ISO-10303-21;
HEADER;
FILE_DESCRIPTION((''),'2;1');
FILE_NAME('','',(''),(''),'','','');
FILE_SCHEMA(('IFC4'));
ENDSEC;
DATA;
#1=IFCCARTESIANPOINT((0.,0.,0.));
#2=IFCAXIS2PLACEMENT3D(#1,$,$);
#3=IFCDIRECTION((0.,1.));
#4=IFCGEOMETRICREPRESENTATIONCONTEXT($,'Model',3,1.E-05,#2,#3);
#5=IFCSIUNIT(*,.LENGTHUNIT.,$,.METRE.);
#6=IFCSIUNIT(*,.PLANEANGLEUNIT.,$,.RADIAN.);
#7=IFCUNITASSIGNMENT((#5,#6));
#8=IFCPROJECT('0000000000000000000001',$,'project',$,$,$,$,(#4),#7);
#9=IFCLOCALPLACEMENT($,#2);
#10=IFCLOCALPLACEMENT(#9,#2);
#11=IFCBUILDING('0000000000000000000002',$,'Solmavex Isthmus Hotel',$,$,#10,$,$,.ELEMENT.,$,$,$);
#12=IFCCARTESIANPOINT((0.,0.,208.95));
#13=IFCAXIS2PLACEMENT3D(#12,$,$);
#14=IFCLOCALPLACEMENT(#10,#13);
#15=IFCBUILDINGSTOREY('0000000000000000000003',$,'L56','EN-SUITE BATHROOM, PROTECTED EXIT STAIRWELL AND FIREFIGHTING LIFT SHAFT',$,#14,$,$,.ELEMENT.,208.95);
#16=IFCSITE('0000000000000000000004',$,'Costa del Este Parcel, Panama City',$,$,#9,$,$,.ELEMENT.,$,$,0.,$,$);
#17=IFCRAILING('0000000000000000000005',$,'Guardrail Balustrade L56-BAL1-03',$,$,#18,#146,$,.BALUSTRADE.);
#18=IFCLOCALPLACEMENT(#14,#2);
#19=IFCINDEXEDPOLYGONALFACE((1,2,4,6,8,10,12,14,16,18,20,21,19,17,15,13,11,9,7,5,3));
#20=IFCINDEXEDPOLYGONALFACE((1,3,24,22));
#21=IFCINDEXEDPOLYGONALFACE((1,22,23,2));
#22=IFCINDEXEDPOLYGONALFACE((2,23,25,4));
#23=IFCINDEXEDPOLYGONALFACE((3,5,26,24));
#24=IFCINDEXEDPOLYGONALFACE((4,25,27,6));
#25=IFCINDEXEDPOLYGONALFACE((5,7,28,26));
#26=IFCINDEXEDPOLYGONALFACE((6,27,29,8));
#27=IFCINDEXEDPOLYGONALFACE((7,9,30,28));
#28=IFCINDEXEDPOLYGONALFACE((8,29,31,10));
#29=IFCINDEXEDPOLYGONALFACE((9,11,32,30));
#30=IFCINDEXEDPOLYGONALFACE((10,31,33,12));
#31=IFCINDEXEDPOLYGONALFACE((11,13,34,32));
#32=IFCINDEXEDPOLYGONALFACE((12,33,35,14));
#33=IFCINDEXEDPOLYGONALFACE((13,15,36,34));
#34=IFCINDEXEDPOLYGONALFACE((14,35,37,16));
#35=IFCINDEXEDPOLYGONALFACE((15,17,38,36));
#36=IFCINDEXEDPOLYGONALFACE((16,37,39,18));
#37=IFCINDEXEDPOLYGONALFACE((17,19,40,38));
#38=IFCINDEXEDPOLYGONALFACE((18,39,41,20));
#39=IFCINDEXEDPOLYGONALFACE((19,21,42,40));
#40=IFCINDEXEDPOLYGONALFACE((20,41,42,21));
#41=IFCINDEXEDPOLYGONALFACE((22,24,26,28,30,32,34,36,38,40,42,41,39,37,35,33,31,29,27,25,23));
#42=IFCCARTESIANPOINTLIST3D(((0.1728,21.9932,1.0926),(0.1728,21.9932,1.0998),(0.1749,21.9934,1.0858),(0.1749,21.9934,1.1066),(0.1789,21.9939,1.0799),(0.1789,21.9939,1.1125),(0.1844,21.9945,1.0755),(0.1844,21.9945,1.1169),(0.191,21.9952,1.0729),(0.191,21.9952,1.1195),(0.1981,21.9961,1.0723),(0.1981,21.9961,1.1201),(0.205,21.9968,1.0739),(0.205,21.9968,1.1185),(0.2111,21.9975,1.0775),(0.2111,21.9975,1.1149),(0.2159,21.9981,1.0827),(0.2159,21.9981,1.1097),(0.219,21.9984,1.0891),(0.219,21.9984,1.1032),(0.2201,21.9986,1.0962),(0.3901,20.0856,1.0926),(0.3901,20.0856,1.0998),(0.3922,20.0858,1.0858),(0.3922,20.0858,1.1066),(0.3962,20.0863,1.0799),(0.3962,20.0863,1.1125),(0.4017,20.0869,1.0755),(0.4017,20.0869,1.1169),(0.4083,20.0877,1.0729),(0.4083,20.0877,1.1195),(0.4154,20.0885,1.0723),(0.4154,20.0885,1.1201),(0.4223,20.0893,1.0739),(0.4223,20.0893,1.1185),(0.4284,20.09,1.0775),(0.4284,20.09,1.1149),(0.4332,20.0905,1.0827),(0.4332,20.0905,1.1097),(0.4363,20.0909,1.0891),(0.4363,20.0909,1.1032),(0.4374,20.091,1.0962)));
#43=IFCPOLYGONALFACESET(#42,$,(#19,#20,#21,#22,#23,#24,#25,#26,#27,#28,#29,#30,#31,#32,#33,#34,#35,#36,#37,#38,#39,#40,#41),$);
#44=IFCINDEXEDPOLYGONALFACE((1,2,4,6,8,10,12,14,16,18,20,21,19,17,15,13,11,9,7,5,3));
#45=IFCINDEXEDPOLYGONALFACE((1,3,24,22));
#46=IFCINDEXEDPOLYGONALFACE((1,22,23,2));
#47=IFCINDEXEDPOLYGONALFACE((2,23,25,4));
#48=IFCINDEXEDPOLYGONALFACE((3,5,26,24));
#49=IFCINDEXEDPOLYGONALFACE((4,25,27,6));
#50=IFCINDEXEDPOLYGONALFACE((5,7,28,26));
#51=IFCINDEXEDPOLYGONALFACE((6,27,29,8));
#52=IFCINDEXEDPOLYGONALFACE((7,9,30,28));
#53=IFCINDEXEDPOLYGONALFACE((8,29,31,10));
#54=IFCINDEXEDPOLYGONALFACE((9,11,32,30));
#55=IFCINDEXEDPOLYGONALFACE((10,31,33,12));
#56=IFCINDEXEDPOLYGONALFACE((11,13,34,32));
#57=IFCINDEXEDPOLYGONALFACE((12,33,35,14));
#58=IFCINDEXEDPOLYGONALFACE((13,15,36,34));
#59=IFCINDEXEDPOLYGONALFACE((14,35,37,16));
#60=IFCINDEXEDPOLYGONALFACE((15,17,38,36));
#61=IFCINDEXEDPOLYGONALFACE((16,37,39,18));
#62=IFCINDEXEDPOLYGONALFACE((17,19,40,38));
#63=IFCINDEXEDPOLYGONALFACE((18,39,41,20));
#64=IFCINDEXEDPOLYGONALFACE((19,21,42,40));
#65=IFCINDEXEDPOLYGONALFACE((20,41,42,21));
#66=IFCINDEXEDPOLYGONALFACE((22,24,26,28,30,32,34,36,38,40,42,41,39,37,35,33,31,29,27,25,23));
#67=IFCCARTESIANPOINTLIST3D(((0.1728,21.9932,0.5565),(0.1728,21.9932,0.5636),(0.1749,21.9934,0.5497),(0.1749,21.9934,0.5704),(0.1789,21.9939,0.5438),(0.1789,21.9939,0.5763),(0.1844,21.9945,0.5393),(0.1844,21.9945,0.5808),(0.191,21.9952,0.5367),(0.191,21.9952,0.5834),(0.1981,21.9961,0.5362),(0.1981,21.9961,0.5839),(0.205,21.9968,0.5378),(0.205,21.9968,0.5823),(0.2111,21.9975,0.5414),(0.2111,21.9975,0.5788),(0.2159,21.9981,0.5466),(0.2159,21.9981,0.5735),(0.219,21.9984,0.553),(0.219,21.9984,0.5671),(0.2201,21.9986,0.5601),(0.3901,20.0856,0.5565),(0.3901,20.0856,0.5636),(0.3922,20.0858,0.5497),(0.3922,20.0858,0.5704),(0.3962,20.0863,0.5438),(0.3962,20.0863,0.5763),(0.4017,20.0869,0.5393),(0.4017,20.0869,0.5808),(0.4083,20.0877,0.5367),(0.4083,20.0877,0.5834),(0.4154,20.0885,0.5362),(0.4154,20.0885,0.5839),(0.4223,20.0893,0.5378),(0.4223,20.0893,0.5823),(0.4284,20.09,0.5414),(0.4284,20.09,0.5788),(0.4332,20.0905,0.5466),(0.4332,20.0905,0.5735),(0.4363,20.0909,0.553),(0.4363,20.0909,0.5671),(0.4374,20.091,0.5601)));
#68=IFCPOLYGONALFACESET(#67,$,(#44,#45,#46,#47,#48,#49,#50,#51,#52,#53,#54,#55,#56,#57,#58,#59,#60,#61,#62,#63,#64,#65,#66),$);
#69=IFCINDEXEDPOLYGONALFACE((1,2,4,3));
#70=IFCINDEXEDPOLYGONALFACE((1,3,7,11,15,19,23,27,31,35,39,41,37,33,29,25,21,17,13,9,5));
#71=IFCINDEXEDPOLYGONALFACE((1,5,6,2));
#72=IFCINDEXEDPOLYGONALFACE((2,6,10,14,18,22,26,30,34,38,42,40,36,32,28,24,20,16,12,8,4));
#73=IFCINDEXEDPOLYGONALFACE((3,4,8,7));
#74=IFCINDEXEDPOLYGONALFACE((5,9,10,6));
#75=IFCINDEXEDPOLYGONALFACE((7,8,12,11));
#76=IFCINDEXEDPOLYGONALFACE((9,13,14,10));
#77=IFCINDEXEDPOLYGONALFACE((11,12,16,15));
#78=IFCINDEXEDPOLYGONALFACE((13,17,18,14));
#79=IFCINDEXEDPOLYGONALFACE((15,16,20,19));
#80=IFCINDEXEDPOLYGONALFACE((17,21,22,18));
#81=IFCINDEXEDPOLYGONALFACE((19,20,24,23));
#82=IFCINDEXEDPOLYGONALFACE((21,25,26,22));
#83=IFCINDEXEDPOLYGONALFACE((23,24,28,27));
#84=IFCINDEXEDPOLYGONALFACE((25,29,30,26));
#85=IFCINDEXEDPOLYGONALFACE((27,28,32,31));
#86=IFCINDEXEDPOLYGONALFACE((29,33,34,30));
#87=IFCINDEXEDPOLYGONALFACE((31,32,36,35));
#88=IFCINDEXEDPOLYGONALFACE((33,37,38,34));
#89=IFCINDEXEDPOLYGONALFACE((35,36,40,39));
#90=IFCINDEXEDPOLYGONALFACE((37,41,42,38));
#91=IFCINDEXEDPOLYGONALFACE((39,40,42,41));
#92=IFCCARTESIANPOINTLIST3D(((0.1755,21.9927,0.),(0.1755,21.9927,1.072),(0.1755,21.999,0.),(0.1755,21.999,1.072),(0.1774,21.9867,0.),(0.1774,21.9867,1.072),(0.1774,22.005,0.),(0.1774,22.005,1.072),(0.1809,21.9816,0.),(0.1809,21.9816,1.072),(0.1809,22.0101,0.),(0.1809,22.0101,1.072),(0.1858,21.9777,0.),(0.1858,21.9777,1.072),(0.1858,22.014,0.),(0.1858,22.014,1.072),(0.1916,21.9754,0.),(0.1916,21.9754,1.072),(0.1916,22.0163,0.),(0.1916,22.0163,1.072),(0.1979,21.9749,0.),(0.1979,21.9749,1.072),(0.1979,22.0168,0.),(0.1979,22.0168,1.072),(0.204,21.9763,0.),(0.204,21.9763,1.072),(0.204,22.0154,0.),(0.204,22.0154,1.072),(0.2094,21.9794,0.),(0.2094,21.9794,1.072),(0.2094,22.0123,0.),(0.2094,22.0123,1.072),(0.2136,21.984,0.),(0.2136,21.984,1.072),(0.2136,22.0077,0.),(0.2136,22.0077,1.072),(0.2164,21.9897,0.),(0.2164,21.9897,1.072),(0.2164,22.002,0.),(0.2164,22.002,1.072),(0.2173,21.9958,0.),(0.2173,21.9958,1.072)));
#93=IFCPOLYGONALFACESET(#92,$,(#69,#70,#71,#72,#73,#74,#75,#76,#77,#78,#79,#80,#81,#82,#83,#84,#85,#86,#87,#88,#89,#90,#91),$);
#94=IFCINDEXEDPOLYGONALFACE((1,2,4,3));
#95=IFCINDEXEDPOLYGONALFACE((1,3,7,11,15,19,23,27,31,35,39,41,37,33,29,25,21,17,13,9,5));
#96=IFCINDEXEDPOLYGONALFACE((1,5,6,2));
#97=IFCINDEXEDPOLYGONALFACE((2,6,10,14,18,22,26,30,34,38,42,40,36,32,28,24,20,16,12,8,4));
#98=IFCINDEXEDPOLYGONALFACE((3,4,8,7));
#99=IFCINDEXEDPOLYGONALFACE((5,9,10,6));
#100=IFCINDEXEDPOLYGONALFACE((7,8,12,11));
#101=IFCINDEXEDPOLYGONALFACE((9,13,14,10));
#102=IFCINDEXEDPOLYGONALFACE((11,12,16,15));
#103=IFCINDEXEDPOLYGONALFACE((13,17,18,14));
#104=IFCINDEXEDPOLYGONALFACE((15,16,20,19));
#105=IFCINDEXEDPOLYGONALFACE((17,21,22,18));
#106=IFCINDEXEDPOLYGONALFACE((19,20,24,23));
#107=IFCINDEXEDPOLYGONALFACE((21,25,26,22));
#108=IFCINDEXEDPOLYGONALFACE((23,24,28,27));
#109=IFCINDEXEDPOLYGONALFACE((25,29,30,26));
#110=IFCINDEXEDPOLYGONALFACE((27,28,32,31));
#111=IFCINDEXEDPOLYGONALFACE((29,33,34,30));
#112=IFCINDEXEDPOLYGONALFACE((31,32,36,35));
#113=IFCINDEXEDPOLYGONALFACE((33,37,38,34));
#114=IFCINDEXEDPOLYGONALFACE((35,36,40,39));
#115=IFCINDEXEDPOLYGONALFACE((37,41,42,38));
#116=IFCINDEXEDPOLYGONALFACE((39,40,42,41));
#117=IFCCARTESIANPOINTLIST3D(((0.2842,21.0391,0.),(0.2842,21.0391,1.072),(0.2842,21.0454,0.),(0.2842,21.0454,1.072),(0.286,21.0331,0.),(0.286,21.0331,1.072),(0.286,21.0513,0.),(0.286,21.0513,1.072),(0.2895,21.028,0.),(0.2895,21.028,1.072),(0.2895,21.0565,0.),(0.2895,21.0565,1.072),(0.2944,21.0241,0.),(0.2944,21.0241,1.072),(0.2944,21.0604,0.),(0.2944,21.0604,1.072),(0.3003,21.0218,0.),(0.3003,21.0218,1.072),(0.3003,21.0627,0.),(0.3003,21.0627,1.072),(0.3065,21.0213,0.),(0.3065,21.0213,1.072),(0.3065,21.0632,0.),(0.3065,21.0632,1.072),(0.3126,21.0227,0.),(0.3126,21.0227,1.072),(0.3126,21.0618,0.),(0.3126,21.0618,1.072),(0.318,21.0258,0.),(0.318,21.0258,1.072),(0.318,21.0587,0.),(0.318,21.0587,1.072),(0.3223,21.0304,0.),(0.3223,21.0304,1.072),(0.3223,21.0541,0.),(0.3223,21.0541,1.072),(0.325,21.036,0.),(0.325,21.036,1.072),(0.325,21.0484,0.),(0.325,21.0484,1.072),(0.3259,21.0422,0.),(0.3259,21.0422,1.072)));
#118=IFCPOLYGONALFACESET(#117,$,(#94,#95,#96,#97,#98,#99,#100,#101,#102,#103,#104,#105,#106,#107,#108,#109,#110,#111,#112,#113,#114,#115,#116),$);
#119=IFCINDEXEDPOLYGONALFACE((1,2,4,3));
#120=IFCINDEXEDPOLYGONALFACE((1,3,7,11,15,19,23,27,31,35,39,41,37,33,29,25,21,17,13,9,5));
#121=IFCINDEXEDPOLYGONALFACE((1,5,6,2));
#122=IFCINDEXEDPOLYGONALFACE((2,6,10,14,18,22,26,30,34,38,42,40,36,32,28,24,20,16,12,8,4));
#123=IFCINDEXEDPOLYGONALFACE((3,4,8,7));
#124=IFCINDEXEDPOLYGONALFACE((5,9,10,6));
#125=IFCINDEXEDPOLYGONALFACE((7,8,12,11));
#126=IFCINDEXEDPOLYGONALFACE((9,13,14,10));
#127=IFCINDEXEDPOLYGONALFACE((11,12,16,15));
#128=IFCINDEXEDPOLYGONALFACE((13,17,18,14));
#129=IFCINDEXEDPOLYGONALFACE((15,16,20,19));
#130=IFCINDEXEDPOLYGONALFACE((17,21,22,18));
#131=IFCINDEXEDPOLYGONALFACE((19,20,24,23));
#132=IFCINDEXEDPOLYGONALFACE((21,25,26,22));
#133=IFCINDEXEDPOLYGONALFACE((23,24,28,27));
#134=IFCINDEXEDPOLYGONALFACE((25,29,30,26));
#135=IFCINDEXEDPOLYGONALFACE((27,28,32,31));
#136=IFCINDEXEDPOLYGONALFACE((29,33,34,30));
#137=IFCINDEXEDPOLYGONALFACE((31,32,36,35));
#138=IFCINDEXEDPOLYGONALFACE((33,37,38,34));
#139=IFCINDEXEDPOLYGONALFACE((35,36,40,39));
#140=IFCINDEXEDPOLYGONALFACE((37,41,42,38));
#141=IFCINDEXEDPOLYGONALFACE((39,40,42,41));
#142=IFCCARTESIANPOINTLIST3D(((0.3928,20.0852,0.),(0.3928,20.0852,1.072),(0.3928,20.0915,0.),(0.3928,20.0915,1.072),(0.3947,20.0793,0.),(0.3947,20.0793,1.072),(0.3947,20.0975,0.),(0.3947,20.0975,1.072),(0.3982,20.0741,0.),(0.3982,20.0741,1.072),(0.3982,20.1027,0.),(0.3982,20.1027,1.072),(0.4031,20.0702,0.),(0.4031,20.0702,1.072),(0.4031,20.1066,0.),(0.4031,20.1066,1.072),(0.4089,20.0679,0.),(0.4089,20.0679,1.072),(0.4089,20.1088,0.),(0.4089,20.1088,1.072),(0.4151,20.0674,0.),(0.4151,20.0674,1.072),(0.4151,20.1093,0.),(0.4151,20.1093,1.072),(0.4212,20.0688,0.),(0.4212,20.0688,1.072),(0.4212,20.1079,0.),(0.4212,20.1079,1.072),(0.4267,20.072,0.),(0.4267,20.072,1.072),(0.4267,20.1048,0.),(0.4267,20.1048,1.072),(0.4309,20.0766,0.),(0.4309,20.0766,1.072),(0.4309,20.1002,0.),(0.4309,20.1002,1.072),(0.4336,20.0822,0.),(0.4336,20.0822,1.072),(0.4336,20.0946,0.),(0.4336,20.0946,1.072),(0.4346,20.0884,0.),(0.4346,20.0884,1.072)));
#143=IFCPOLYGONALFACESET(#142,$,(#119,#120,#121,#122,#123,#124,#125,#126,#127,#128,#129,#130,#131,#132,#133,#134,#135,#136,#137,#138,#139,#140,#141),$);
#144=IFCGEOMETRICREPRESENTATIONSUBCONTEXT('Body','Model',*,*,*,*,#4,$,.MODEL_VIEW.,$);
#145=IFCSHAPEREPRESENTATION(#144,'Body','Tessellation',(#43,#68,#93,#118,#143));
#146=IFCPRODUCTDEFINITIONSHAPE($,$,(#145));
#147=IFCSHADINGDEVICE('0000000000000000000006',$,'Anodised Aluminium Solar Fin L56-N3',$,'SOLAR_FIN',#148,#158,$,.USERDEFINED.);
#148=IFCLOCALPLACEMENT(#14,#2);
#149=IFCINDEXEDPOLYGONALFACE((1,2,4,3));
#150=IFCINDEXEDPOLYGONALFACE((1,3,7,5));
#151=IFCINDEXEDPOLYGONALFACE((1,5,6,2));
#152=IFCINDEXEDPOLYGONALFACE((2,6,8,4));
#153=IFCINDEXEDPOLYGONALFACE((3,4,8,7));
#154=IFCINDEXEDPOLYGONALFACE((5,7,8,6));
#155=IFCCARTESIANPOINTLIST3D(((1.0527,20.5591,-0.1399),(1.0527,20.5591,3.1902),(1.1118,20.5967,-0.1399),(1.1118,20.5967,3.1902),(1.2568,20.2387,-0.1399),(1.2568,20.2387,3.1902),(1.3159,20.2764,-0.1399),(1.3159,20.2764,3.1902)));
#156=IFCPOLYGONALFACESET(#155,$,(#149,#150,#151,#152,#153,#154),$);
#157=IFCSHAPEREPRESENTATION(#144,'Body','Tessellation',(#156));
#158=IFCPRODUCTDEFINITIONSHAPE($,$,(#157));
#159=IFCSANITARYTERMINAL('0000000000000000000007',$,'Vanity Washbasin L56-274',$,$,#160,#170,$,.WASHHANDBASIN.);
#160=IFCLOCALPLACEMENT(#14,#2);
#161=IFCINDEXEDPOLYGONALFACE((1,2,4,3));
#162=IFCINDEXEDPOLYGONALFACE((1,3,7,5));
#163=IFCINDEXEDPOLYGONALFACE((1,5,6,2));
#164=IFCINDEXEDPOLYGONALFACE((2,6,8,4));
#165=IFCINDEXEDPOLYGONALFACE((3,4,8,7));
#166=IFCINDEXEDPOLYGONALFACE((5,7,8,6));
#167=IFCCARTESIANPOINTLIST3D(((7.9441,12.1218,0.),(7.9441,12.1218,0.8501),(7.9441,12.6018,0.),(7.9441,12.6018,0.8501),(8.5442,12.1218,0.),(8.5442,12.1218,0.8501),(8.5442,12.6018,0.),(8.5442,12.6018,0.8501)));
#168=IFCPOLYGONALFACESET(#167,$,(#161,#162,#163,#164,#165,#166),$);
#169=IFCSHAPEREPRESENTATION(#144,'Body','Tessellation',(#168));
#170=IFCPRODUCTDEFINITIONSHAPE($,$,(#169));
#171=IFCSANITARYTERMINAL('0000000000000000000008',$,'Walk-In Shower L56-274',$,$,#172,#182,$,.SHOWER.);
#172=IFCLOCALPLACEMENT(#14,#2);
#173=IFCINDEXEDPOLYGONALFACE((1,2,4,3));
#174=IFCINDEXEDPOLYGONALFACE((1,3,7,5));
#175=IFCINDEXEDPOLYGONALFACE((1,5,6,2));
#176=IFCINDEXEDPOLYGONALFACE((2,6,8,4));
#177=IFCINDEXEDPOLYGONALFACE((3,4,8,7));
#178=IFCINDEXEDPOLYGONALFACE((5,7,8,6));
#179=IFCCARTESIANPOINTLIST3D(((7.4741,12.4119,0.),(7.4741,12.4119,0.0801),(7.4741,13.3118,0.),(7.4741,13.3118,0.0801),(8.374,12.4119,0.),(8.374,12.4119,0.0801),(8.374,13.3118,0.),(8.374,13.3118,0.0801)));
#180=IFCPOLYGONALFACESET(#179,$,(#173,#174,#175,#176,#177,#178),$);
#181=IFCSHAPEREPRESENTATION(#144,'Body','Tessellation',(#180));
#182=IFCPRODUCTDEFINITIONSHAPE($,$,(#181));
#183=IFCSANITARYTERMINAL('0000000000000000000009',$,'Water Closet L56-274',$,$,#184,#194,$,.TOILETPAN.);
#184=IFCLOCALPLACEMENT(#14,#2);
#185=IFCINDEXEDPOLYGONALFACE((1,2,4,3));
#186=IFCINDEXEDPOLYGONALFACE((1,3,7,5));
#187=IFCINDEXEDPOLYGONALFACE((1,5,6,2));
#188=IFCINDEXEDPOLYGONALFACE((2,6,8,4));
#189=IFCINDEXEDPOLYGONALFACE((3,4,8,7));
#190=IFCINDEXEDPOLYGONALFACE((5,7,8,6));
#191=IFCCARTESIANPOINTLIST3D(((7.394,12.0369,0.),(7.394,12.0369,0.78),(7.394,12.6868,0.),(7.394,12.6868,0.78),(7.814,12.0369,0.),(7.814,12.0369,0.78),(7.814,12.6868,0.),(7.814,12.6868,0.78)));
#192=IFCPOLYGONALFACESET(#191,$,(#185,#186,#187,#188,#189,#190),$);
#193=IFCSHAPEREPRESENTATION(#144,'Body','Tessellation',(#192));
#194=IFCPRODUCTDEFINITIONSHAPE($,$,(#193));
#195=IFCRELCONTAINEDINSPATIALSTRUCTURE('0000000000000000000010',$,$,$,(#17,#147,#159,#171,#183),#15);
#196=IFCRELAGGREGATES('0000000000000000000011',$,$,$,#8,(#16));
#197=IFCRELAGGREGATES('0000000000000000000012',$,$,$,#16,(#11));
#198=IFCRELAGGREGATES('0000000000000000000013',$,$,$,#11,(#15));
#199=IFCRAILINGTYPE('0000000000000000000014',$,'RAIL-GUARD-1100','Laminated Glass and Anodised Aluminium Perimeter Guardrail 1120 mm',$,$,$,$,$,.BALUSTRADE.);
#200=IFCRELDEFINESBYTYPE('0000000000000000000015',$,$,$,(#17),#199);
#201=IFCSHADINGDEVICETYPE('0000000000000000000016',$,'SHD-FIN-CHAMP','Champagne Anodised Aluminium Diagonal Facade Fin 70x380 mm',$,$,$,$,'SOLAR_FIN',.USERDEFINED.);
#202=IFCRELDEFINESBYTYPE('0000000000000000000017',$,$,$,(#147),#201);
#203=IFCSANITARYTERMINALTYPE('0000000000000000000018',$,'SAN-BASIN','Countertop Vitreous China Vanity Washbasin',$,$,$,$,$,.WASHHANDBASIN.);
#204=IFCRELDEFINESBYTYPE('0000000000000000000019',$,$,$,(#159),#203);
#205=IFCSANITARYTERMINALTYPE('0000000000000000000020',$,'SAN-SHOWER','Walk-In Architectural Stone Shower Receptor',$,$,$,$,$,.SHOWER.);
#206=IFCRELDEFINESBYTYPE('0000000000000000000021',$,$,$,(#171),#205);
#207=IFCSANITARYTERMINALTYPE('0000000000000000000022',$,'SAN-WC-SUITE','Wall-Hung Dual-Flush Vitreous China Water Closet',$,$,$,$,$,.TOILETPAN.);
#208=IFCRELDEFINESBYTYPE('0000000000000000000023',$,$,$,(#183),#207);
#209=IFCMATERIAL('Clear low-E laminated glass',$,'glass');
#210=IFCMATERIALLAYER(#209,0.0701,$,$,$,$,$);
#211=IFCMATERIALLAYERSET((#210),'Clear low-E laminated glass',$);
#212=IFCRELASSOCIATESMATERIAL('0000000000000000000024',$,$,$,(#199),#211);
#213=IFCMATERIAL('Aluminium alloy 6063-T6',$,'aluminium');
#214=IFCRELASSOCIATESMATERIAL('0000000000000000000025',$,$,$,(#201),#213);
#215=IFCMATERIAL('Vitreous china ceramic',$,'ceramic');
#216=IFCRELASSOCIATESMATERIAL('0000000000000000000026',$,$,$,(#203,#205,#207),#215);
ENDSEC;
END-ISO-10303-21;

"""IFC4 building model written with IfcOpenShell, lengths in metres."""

from ifc_helpers import new_model, si_unit, direction, frame, origin, origin_2d, place, context, subcontext, project, spatial, rectangle, circle, extrude, material, layer, layer_set, type_object, element, save


model = new_model("IFC4")

# Units and contexts
model_context = context("Model", 3, precision=1e-05, world=origin(), true_north=direction((0.0, 1.0)))
body_context = subcontext(model_context, "Body", "Model", "MODEL_VIEW")
ifc_project = project(units=[si_unit("LENGTHUNIT", "METRE"), si_unit("PLANEANGLEUNIT", "RADIAN")], contexts=[model_context])

# Site, building, storey
site_placement = place(None, origin())
site = spatial("IfcSite", under=ifc_project, at=site_placement, Name="Costa del Este Parcel, Panama City", CompositionType="ELEMENT", RefElevation=0.0)
building_placement = place(site_placement, origin())
building = spatial("IfcBuilding", under=site, at=building_placement, Name="Solmavex Isthmus Hotel", CompositionType="ELEMENT")
storey_placement = place(building_placement, frame((0.0, 0.0, 208.95)))
storey = spatial("IfcBuildingStorey", under=building, at=storey_placement, Name="L56", Description="EN-SUITE BATHROOM, PROTECTED EXIT STAIRWELL AND FIREFIGHTING LIFT SHAFT", CompositionType="ELEMENT", Elevation=208.95)

# Shared definitions
ifc_material_1 = material(Name="Aluminium alloy 6063-T6", Category="aluminium")
ifc_material_2 = material(Name="Clear low-E laminated glass", Category="glass")

# Railing
ifc_layer_1 = layer(ifc_material_2, 0.0701)
ifc_layer_set_1 = layer_set([ifc_layer_1], Name="Clear low-E laminated glass")
railing_type = type_object("IfcRailingType", Name="RAIL-GUARD-1100", Description="Laminated Glass and Anodised Aluminium Perimeter Guardrail 1120 mm", PredefinedType="BALUSTRADE", material=ifc_layer_set_1)
railing_placement = place(storey_placement, frame((0.1963, 21.9958, 0.0)))
element("IfcRailing", 1, at=railing_placement, inside=storey, type_object=railing_type, Name="Guardrail Balustrade L56-BAL1-03", PredefinedType="BALUSTRADE", context=body_context, shape_type="SweptSolid", body=[
    extrude(circle(Radius=0.0239, at=origin_2d()), frame((0.0, 0.0, 1.0962), z_axis=(0.113181, -0.993574, 0.0), x_axis=(0.993574, 0.113181, 0.0)), (0.0, 0.0, 1.0), 1.9199),
    extrude(circle(Radius=0.0239, at=origin_2d()), frame((0.0, 0.0, 0.5601), z_axis=(0.113181, -0.993574, 0.0), x_axis=(0.993574, 0.113181, 0.0)), (0.0, 0.0, 1.0), 1.9199),
    extrude(circle(Radius=0.021, at=origin_2d()), origin(), (0.0, 0.0, 1.0), 1.072),
    extrude(circle(Radius=0.021, at=origin_2d()), frame((0.1086, -0.9536, 0.0)), (0.0, 0.0, 1.0), 1.072),
    extrude(circle(Radius=0.021, at=origin_2d()), frame((0.2173, -1.9075, 0.0)), (0.0, 0.0, 1.0), 1.072),
])

# Shading device
shading_device_type = type_object("IfcShadingDeviceType", Name="SHD-FIN-CHAMP", Description="Champagne Anodised Aluminium Diagonal Facade Fin 70x380 mm", ElementType="SOLAR_FIN", PredefinedType="USERDEFINED", material=ifc_material_1)
shading_device_placement = place(storey_placement, frame((1.1843, 20.4177, -0.1399), z_axis=(0.0, 0.0, 1.0), x_axis=(-0.5373, 0.843391, 0.0)))
element("IfcShadingDevice", 2, at=shading_device_placement, inside=storey, type_object=shading_device_type, Name="Anodised Aluminium Solar Fin L56-N3", ObjectType="SOLAR_FIN", PredefinedType="USERDEFINED", context=body_context, shape_type="SweptSolid", body=[
    extrude(rectangle(XDim=0.3799, YDim=0.0701, at=origin_2d()), origin(), (0.0, 0.0, 1.0), 3.3301),
])

# Sanitary terminals
ifc_material_3 = material(Name="Vitreous china ceramic", Category="ceramic")
sanitary_terminal_type_1 = type_object("IfcSanitaryTerminalType", Name="SAN-BASIN", Description="Countertop Vitreous China Vanity Washbasin", PredefinedType="WASHHANDBASIN", material=ifc_material_3)
sanitary_terminal_1_placement = place(storey_placement, frame((8.2441, 12.3618, 0.0), z_axis=(0.0, 0.0, 1.0), x_axis=(1.0, 0.0, 0.0)))
element("IfcSanitaryTerminal", 3, at=sanitary_terminal_1_placement, inside=storey, type_object=sanitary_terminal_type_1, Name="Vanity Washbasin L56-274", PredefinedType="WASHHANDBASIN", context=body_context, shape_type="SweptSolid", body=[
    extrude(rectangle(XDim=0.6001, YDim=0.48, at=origin_2d()), origin(), (0.0, 0.0, 1.0), 0.8501),
])
sanitary_terminal_type_2 = type_object("IfcSanitaryTerminalType", Name="SAN-SHOWER", Description="Walk-In Architectural Stone Shower Receptor", PredefinedType="SHOWER", material=ifc_material_3)
sanitary_terminal_2_placement = place(storey_placement, frame((7.9241, 12.8618, 0.0), z_axis=(0.0, 0.0, 1.0), x_axis=(1.0, 0.0, 0.0)))
element("IfcSanitaryTerminal", 4, at=sanitary_terminal_2_placement, inside=storey, type_object=sanitary_terminal_type_2, Name="Walk-In Shower L56-274", PredefinedType="SHOWER", context=body_context, shape_type="SweptSolid", body=[
    extrude(rectangle(XDim=0.8999, YDim=0.8999, at=origin_2d()), origin(), (0.0, 0.0, 1.0), 0.0801),
])
sanitary_terminal_type_3 = type_object("IfcSanitaryTerminalType", Name="SAN-WC-SUITE", Description="Wall-Hung Dual-Flush Vitreous China Water Closet", PredefinedType="TOILETPAN", material=ifc_material_3)
sanitary_terminal_3_placement = place(storey_placement, frame((7.604, 12.3618, 0.0), z_axis=(0.0, 0.0, 1.0), x_axis=(1.0, 0.0, 0.0)))
element("IfcSanitaryTerminal", 5, at=sanitary_terminal_3_placement, inside=storey, type_object=sanitary_terminal_type_3, Name="Water Closet L56-274", PredefinedType="TOILETPAN", context=body_context, shape_type="SweptSolid", body=[
    extrude(rectangle(XDim=0.4199, YDim=0.6499, at=origin_2d()), origin(), (0.0, 0.0, 1.0), 0.78),
])

save(model, "model.ifc")
